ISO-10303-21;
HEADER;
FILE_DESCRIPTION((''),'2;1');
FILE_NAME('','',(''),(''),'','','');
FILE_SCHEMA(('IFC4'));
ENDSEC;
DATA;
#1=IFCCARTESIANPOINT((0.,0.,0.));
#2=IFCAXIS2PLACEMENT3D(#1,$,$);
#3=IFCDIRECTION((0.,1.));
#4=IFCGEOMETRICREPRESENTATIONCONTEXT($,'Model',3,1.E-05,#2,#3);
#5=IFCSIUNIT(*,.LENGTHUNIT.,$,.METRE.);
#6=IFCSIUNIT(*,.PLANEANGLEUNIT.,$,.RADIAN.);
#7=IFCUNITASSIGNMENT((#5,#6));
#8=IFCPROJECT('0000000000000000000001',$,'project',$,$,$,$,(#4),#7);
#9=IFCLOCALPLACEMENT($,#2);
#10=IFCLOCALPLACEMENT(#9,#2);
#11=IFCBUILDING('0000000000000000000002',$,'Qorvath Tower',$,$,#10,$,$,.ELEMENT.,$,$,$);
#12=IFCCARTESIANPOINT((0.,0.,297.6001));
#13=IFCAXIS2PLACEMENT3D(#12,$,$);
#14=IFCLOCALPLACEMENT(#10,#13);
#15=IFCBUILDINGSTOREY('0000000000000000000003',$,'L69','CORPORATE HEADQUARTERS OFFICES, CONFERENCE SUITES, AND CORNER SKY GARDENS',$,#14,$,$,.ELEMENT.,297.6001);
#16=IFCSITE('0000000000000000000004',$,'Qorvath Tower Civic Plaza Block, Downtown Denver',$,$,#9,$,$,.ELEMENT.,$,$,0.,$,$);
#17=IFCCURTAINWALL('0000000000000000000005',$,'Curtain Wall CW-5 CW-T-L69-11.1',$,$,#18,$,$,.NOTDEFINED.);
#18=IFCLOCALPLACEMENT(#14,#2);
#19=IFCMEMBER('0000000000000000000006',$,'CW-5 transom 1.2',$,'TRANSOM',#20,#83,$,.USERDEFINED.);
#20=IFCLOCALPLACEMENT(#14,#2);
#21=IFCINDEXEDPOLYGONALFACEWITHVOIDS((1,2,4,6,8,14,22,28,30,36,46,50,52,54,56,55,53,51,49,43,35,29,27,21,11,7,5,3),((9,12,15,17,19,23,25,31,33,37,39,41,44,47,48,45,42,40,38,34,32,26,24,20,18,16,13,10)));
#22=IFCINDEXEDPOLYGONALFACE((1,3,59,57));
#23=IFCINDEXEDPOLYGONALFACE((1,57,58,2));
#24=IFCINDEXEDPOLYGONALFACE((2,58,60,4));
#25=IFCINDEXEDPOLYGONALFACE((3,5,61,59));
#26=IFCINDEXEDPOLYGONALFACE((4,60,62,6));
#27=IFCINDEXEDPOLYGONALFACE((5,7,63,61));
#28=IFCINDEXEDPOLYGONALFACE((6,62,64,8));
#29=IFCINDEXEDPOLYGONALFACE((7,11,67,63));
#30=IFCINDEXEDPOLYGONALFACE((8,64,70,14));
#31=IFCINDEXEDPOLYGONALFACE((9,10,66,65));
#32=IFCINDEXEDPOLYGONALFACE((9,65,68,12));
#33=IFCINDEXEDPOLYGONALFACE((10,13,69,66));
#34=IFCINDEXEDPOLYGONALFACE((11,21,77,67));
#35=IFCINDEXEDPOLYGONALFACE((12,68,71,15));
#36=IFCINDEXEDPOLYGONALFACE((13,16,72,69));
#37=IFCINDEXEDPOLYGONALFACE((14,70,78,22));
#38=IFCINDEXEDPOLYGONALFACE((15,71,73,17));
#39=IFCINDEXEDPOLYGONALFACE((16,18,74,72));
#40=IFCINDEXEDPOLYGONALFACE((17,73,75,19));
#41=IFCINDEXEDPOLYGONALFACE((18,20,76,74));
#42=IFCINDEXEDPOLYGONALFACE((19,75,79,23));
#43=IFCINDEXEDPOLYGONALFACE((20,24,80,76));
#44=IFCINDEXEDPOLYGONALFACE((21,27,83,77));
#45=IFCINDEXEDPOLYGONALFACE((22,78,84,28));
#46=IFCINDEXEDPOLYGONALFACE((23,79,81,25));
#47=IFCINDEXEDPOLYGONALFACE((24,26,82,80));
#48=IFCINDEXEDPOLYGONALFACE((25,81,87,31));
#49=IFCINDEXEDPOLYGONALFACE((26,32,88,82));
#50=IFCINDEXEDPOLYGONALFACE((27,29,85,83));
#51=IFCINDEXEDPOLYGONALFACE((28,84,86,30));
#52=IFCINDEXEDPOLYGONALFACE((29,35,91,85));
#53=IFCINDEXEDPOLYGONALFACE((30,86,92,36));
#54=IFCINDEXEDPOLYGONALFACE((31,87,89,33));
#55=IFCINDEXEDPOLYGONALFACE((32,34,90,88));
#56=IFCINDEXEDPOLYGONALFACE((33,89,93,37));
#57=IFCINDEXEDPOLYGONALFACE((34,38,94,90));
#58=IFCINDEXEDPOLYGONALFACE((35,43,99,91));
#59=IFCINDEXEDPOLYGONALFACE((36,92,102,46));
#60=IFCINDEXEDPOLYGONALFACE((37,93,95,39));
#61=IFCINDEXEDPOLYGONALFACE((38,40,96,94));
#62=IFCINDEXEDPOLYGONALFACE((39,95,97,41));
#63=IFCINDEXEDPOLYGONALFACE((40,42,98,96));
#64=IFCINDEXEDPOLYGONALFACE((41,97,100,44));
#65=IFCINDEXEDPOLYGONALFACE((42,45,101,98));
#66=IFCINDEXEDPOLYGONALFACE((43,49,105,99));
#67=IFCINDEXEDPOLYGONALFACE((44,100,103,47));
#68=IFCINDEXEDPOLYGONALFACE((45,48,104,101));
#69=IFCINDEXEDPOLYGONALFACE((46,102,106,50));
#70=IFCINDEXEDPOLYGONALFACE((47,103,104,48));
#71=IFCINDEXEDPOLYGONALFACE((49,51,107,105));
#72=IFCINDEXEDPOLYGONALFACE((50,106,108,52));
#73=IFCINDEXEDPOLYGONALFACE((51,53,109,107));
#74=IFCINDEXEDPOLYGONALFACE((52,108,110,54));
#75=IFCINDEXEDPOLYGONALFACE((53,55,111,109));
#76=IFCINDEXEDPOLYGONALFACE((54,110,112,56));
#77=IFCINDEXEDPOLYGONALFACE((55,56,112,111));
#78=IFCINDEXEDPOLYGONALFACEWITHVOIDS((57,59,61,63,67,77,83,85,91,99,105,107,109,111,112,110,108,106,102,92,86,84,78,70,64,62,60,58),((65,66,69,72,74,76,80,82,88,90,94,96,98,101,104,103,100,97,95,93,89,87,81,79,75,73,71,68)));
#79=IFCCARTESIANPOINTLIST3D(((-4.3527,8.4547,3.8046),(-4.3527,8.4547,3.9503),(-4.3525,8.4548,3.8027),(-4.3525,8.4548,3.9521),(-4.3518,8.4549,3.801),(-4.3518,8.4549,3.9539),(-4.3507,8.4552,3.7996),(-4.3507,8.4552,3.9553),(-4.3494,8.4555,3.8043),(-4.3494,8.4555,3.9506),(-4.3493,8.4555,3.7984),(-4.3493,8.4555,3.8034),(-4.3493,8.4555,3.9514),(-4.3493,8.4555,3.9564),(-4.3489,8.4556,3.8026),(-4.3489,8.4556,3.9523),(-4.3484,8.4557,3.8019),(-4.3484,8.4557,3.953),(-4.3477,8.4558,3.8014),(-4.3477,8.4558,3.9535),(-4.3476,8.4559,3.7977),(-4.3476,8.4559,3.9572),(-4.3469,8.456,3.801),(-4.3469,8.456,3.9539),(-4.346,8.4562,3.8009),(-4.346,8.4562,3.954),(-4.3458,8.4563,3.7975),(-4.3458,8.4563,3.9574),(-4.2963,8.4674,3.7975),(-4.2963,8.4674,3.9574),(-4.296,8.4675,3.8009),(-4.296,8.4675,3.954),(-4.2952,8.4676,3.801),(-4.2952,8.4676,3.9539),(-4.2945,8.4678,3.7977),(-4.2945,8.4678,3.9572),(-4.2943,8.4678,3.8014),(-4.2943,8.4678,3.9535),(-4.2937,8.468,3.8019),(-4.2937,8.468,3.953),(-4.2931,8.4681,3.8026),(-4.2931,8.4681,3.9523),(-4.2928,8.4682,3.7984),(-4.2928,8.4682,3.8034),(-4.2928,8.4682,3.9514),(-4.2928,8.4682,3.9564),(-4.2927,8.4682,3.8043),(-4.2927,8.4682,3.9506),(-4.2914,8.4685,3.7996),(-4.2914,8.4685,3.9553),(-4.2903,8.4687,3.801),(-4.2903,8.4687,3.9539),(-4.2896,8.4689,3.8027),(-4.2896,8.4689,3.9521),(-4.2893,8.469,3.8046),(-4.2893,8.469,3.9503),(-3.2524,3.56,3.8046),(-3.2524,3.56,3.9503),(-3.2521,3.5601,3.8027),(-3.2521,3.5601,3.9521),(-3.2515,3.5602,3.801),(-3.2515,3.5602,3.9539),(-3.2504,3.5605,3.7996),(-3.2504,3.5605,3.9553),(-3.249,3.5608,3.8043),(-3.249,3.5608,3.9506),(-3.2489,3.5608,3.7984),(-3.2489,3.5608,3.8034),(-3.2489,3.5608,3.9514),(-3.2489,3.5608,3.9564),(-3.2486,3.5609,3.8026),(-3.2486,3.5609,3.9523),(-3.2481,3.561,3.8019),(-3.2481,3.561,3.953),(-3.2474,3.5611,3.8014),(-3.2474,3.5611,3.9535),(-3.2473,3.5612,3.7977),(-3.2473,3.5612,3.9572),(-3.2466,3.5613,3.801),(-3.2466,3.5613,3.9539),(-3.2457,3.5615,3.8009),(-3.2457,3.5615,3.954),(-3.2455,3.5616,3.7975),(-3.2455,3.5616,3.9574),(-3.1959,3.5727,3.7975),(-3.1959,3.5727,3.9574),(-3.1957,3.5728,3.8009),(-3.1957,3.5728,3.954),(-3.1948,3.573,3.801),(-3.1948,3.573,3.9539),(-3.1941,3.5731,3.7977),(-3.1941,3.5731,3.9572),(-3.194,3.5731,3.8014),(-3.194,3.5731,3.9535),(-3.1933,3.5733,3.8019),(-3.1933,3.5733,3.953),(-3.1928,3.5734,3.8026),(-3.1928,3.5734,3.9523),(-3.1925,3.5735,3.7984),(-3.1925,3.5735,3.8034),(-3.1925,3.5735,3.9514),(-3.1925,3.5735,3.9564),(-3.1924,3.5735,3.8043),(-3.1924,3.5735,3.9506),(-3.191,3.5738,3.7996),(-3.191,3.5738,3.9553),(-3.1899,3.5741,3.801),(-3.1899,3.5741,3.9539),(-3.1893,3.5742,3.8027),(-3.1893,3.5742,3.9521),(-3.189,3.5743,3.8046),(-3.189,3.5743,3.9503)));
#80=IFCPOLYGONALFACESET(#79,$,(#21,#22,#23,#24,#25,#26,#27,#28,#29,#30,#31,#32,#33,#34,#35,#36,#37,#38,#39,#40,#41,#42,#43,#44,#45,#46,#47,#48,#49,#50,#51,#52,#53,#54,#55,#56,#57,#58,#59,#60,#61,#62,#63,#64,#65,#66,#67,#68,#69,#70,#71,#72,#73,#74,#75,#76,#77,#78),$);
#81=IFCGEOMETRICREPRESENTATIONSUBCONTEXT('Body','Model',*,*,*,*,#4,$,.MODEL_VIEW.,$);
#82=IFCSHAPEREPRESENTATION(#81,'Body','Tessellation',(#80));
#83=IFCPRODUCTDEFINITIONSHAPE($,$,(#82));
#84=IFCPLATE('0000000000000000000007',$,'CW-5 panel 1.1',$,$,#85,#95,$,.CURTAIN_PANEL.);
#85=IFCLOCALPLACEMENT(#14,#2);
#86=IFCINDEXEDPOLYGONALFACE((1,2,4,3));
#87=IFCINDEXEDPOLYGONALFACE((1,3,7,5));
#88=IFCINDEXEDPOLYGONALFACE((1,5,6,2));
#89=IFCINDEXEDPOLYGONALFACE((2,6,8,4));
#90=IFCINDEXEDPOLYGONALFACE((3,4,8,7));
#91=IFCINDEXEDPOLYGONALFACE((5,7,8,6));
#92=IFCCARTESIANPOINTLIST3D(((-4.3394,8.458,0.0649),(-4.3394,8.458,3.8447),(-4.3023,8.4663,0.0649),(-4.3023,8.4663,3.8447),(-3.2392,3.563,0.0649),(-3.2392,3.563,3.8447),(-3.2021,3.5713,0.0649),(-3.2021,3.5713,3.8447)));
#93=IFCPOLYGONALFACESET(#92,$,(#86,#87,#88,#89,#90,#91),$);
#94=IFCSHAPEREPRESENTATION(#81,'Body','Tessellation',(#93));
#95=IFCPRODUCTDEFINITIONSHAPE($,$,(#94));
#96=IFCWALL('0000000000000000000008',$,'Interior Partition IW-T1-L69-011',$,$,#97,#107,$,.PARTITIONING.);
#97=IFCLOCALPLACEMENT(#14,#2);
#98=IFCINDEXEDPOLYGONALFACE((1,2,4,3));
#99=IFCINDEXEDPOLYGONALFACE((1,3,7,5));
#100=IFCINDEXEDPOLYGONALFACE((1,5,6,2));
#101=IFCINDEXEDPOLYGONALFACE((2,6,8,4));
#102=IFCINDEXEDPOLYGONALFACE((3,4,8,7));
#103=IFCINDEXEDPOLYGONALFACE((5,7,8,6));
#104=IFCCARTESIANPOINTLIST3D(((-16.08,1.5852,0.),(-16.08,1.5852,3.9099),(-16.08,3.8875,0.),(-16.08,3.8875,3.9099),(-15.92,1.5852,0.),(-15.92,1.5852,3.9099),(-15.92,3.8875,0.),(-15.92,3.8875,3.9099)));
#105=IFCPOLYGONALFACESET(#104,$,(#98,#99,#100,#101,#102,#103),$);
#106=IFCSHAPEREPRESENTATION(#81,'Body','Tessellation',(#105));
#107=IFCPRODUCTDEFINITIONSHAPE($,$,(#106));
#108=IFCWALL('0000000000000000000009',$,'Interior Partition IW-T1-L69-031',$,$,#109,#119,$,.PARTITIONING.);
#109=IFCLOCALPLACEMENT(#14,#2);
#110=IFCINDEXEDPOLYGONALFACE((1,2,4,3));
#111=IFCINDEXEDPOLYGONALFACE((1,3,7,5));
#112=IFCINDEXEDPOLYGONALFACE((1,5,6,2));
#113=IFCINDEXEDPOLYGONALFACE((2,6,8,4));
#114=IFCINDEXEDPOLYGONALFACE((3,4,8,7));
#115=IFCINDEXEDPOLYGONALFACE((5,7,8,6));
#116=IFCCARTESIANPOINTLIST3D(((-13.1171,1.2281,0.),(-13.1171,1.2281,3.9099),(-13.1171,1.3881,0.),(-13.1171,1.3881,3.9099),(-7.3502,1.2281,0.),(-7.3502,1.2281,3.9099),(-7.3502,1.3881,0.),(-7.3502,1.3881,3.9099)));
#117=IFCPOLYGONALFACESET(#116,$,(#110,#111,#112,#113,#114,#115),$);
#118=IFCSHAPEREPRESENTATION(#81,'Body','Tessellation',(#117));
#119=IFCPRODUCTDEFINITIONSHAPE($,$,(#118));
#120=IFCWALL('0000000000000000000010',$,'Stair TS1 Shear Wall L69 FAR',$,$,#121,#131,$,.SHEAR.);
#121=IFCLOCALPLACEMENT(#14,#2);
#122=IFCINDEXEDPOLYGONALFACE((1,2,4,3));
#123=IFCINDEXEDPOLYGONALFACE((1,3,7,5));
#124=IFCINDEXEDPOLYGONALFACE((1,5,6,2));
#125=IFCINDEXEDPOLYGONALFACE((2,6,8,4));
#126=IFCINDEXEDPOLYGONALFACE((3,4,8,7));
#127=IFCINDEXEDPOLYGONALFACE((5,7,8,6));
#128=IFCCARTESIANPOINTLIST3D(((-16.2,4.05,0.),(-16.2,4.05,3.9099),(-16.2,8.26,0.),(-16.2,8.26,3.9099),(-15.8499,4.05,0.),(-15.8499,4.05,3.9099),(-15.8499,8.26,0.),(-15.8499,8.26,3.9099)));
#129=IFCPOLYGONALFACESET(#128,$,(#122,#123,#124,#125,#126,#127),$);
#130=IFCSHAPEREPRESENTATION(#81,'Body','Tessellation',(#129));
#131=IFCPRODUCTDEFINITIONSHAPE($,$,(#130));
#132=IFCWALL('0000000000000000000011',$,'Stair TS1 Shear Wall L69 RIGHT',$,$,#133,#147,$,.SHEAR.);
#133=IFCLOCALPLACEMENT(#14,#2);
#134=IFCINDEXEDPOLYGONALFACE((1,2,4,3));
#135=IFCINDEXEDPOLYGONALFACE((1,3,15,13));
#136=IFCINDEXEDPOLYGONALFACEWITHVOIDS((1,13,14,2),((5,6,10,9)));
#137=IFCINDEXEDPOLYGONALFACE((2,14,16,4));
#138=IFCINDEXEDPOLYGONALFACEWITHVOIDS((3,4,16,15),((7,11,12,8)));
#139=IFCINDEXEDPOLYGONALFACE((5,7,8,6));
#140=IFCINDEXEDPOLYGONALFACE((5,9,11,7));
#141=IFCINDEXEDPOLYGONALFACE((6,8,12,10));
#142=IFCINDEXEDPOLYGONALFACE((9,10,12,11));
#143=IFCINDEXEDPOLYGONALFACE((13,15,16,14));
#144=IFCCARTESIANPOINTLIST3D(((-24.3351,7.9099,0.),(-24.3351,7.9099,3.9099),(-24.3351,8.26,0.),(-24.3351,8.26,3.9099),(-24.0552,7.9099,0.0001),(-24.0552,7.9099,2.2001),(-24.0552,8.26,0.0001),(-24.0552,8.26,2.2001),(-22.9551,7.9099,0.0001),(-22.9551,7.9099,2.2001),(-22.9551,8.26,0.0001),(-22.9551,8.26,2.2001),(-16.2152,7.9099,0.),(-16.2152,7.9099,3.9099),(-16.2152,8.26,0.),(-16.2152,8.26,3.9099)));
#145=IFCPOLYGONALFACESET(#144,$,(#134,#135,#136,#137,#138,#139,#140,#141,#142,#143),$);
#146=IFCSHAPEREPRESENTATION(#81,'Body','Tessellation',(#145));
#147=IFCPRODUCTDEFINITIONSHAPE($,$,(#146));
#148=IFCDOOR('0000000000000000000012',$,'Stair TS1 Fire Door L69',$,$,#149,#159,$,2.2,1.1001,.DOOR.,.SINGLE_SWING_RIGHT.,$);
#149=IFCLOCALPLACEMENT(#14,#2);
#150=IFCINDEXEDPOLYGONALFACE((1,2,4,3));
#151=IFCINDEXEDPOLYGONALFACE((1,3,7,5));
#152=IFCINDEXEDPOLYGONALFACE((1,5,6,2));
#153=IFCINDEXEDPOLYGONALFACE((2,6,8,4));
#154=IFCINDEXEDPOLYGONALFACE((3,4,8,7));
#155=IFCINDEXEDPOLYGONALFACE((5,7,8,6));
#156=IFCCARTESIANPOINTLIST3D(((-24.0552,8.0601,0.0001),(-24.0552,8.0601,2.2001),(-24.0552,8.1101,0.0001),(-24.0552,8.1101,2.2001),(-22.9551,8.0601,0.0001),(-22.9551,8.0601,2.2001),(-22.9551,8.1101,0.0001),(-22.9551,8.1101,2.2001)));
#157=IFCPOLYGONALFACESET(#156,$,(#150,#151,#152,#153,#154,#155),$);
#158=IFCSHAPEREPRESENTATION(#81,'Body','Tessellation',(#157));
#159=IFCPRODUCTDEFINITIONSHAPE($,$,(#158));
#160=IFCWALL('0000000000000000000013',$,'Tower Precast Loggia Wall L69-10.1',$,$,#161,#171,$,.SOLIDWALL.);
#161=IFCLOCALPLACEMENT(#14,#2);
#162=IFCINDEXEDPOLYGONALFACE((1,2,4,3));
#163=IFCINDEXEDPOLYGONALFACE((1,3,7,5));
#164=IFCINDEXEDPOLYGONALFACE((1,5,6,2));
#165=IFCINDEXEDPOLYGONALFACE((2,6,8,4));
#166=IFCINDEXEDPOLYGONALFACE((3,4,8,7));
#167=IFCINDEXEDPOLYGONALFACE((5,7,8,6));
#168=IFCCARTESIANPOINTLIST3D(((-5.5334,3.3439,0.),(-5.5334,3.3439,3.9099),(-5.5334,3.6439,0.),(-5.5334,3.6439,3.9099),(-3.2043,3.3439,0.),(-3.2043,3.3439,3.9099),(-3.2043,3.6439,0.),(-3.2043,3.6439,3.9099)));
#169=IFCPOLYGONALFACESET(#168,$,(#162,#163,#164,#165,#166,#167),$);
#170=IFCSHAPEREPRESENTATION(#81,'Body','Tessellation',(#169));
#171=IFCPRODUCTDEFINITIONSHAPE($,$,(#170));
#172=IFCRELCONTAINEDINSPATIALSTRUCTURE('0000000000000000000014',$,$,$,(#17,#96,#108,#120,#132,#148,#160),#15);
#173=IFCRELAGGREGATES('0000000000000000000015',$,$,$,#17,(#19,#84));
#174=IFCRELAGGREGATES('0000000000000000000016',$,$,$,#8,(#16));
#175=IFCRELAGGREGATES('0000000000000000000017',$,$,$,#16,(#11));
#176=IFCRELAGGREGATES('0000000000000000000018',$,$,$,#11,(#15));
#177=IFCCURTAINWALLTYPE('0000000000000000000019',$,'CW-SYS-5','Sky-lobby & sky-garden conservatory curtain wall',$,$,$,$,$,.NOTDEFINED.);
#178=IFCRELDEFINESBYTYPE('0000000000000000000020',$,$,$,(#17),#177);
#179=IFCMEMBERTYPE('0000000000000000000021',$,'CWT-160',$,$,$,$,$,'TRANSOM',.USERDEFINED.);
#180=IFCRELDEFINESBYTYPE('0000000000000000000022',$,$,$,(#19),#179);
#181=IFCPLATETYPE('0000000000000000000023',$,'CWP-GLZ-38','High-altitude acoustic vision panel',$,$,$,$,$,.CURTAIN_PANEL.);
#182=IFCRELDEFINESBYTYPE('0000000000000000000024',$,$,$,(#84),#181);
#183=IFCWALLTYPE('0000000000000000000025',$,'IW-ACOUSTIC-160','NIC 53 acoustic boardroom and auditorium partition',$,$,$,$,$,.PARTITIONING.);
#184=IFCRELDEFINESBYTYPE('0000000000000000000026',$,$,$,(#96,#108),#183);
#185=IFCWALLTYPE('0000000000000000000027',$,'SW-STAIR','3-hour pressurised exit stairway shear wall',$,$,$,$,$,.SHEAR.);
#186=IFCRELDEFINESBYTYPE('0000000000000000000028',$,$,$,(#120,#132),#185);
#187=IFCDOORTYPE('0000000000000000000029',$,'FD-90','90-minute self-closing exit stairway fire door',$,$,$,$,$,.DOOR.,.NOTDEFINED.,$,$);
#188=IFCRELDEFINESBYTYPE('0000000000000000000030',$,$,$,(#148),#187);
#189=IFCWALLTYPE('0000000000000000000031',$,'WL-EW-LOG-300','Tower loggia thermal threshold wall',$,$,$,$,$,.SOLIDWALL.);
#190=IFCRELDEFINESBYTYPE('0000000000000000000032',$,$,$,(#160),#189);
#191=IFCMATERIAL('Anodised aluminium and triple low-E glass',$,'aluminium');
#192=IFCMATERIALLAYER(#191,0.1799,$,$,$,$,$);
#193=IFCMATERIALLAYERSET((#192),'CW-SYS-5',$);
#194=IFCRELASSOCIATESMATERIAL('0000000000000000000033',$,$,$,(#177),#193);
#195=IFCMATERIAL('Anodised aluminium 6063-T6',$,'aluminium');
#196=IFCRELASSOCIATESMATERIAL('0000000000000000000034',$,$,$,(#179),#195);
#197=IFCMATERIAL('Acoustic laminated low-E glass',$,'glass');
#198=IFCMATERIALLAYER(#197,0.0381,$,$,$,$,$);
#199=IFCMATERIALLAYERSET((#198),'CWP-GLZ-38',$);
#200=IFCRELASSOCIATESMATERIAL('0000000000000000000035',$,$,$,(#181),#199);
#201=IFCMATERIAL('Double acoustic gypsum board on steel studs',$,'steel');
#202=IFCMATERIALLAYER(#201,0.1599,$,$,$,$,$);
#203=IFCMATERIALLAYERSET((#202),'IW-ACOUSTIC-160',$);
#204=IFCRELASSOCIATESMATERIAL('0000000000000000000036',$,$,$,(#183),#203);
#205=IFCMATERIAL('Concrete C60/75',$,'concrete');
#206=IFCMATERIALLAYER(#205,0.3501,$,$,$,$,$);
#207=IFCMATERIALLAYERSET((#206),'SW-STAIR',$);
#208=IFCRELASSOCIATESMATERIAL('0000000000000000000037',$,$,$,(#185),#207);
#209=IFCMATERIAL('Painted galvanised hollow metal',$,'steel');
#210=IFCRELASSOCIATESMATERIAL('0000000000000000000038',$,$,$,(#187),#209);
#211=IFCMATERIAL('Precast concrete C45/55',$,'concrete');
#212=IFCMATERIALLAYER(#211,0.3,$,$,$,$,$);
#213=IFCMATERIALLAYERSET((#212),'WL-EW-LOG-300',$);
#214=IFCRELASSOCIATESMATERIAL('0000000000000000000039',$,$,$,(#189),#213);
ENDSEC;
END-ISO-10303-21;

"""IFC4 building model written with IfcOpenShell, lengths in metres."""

from ifc_helpers import new_model, si_unit, direction, frame, frame_2d, origin, origin_2d, place, context, subcontext, project, spatial, rectangle, hollow_rectangle, extrude, material, layer, layer_set, material_profile, profile_set, type_object, element, fill, aggregate, save


model = new_model("IFC4")

# Units and contexts
model_context = context("Model", 3, precision=1e-05, world=origin(), true_north=direction((0.0, 1.0)))
body_context = subcontext(model_context, "Body", "Model", "MODEL_VIEW")
ifc_project = project(units=[si_unit("LENGTHUNIT", "METRE"), si_unit("PLANEANGLEUNIT", "RADIAN")], contexts=[model_context])

# Site, building, storey
site_placement = place(None, origin())
site = spatial("IfcSite", under=ifc_project, at=site_placement, Name="Qorvath Tower Civic Plaza Block, Downtown Denver", CompositionType="ELEMENT", RefElevation=0.0)
building_placement = place(site_placement, origin())
building = spatial("IfcBuilding", under=site, at=building_placement, Name="Qorvath Tower", CompositionType="ELEMENT")
storey_placement = place(building_placement, frame((0.0, 0.0, 297.6001)))
storey = spatial("IfcBuildingStorey", under=building, at=storey_placement, Name="L69", Description="CORPORATE HEADQUARTERS OFFICES, CONFERENCE SUITES, AND CORNER SKY GARDENS", CompositionType="ELEMENT", Elevation=297.6001)

# Shared definitions
ifc_material_1 = material(Name="Anodised aluminium and triple low-E glass", Category="aluminium")
ifc_layer_1 = layer(ifc_material_1, 0.1799)
ifc_layer_set_1 = layer_set([ifc_layer_1], Name="CW-SYS-5")
curtain_wall_type = type_object("IfcCurtainWallType", Name="CW-SYS-5", Description="Sky-lobby & sky-garden conservatory curtain wall", PredefinedType="NOTDEFINED", material=ifc_layer_set_1)

# Curtain wall, member, plate
curtain_wall_1_placement = place(storey_placement, origin())
curtain_wall_1 = element("IfcCurtainWall", 1, at=curtain_wall_1_placement, inside=storey, type_object=curtain_wall_type, Name="Curtain Wall CW-5 CW-T-L69-11.1", PredefinedType="NOTDEFINED")
ifc_material_2 = material(Name="Anodised aluminium 6063-T6", Category="aluminium")
ifc_material_profile_1 = material_profile(ifc_material_2, hollow_rectangle(XDim=0.0649, YDim=0.1599, WallThickness=0.0034, InnerFilletRadius=0.0034, OuterFilletRadius=0.0071, at=origin_2d()), Name="CWT 160x65")
ifc_profile_set_1 = profile_set([ifc_material_profile_1], Name="Anodised aluminium 6063-T6")
member_type_1 = type_object("IfcMemberType", Name="CWT-160", ElementType="TRANSOM", PredefinedType="USERDEFINED", material=ifc_profile_set_1)
member_1_placement = place(storey_placement, frame((-3.2207, 3.5671, 3.8774), z_axis=(-0.219326, 0.975652, 0.0), x_axis=(-0.975652, -0.219326, 0.0)))
member_1 = element("IfcMember", 2, at=member_1_placement, type_object=member_type_1, Name="CW-5 transom 1.2", ObjectType="TRANSOM", PredefinedType="USERDEFINED", context=body_context, shape_type="SweptSolid", body=[
    extrude(hollow_rectangle(XDim=0.0649, YDim=0.1599, WallThickness=0.0034, InnerFilletRadius=0.0034, OuterFilletRadius=0.0071, at=origin_2d()), origin(), (0.0, 0.0, 1.0), 5.0168),
])
ifc_material_3 = material(Name="Acoustic laminated low-E glass", Category="glass")
ifc_layer_2 = layer(ifc_material_3, 0.0381)
ifc_layer_set_2 = layer_set([ifc_layer_2], Name="CWP-GLZ-38")
plate_type = type_object("IfcPlateType", Name="CWP-GLZ-38", Description="High-altitude acoustic vision panel", PredefinedType="CURTAIN_PANEL", material=ifc_layer_set_2)
plate_placement = place(storey_placement, frame((-3.7708, 6.0146, 0.0649), z_axis=(0.0, 0.0, 1.0), x_axis=(-0.219293, 0.975659, 0.0)))
plate = element("IfcPlate", 3, at=plate_placement, type_object=plate_type, Name="CW-5 panel 1.1", PredefinedType="CURTAIN_PANEL", context=body_context, shape_type="SweptSolid", body=[
    extrude(rectangle(XDim=5.0171, YDim=0.0381, at=origin_2d()), origin(), (0.0, 0.0, 1.0), 3.7798),
])
aggregate(curtain_wall_1, [member_1, plate])

# Walls
ifc_material_4 = material(Name="Double acoustic gypsum board on steel studs", Category="steel")
ifc_layer_3 = layer(ifc_material_4, 0.1599)
ifc_layer_set_3 = layer_set([ifc_layer_3], Name="IW-ACOUSTIC-160")
wall_type_1 = type_object("IfcWallType", Name="IW-ACOUSTIC-160", Description="NIC 53 acoustic boardroom and auditorium partition", PredefinedType="PARTITIONING", material=ifc_layer_set_3)
wall_1_placement = place(storey_placement, frame((-16.0, 1.5852, 0.0), z_axis=(0.0, 0.0, 1.0), x_axis=(0.0, 1.0, 0.0)))
element("IfcWall", 4, at=wall_1_placement, inside=storey, type_object=wall_type_1, Name="Interior Partition IW-T1-L69-011", PredefinedType="PARTITIONING", context=body_context, shape_type="SweptSolid", body=[
    extrude(rectangle(XDim=2.3022, YDim=0.1599, at=frame_2d((1.1511, 0.0))), origin(), (0.0, 0.0, 1.0), 3.9099),
])
wall_2_placement = place(storey_placement, frame((-7.3503, 1.3081, 0.0), z_axis=(0.0, 0.0, 1.0), x_axis=(-1.0, 0.0, 0.0)))
element("IfcWall", 5, at=wall_2_placement, inside=storey, type_object=wall_type_1, Name="Interior Partition IW-T1-L69-031", PredefinedType="PARTITIONING", context=body_context, shape_type="SweptSolid", body=[
    extrude(rectangle(XDim=5.7668, YDim=0.1599, at=frame_2d((2.8833, 0.0))), origin(), (0.0, 0.0, 1.0), 3.9099),
])
ifc_material_5 = material(Name="Concrete C60/75", Category="concrete")
ifc_layer_4 = layer(ifc_material_5, 0.3501)
ifc_layer_set_4 = layer_set([ifc_layer_4], Name="SW-STAIR")
wall_type_2 = type_object("IfcWallType", Name="SW-STAIR", Description="3-hour pressurised exit stairway shear wall", PredefinedType="SHEAR", material=ifc_layer_set_4)
wall_3_placement = place(storey_placement, frame((-16.0249, 4.05, 0.0), z_axis=(0.0, 0.0, 1.0), x_axis=(0.0, 1.0, 0.0)))
element("IfcWall", 6, at=wall_3_placement, inside=storey, type_object=wall_type_2, Name="Stair TS1 Shear Wall L69 FAR", PredefinedType="SHEAR", context=body_context, shape_type="SweptSolid", body=[
    extrude(rectangle(XDim=4.21, YDim=0.3501, at=frame_2d((2.105, 0.0))), origin(), (0.0, 0.0, 1.0), 3.9099),
])

# Wall, opening, door
wall_4_placement = place(storey_placement, frame((-16.2151, 8.085, 0.0), z_axis=(0.0, 0.0, 1.0), x_axis=(-1.0, 0.0, 0.0)))
wall_4 = element("IfcWall", 7, at=wall_4_placement, inside=storey, type_object=wall_type_2, Name="Stair TS1 Shear Wall L69 RIGHT", PredefinedType="SHEAR", context=body_context, shape_type="SweptSolid", body=[
    extrude(rectangle(XDim=8.1199, YDim=0.3501, at=frame_2d((4.0601, 0.0))), origin(), (0.0, 0.0, 1.0), 3.9099),
])
opening_placement = place(wall_4_placement, frame((6.74, 0.0, 0.0)))
opening = element("IfcOpeningElement", 8, at=opening_placement, cuts=wall_4, PredefinedType="OPENING", context=body_context, shape_type="SweptSolid", body=[
    extrude(rectangle(XDim=1.1001, YDim=2.2, at=frame_2d((0.55, 1.1001))), frame((0.0, 0.1851, 0.0), z_axis=(0.0, -1.0, 0.0), x_axis=(1.0, 0.0, 0.0)), (0.0, 0.0, 1.0), 0.3701),
])
ifc_material_6 = material(Name="Painted galvanised hollow metal", Category="steel")
door_type = type_object("IfcDoorType", Name="FD-90", Description="90-minute self-closing exit stairway fire door", OperationType="NOTDEFINED", PredefinedType="DOOR", material=ifc_material_6)
door_placement = place(opening_placement, origin())
door = element("IfcDoor", 9, at=door_placement, inside=storey, type_object=door_type, Name="Stair TS1 Fire Door L69", OperationType="SINGLE_SWING_RIGHT", OverallHeight=2.2, OverallWidth=1.1001, PredefinedType="DOOR", context=body_context, shape_type="SweptSolid", body=[
    extrude(rectangle(XDim=1.1001, YDim=2.2, at=frame_2d((0.55, 1.1001))), frame((0.0, 0.0249, 0.0), z_axis=(0.0, -1.0, 0.0), x_axis=(1.0, 0.0, 0.0)), (0.0, 0.0, 1.0), 0.05),
])
fill(opening, door)

# Wall
ifc_material_7 = material(Name="Precast concrete C45/55", Category="concrete")
ifc_layer_5 = layer(ifc_material_7, 0.3)
ifc_layer_set_5 = layer_set([ifc_layer_5], Name="WL-EW-LOG-300")
wall_type_3 = type_object("IfcWallType", Name="WL-EW-LOG-300", Description="Tower loggia thermal threshold wall", PredefinedType="SOLIDWALL", material=ifc_layer_set_5)
wall_5_placement = place(storey_placement, frame((-5.5334, 3.4939, 0.0), z_axis=(0.0, 0.0, 1.0), x_axis=(1.0, 0.0, 0.0)))
element("IfcWall", 10, at=wall_5_placement, inside=storey, type_object=wall_type_3, Name="Tower Precast Loggia Wall L69-10.1", PredefinedType="SOLIDWALL", context=body_context, shape_type="SweptSolid", body=[
    extrude(rectangle(XDim=2.3291, YDim=0.3, at=frame_2d((1.1646, 0.0))), origin(), (0.0, 0.0, 1.0), 3.9099),
])

save(model, "model.ifc")
